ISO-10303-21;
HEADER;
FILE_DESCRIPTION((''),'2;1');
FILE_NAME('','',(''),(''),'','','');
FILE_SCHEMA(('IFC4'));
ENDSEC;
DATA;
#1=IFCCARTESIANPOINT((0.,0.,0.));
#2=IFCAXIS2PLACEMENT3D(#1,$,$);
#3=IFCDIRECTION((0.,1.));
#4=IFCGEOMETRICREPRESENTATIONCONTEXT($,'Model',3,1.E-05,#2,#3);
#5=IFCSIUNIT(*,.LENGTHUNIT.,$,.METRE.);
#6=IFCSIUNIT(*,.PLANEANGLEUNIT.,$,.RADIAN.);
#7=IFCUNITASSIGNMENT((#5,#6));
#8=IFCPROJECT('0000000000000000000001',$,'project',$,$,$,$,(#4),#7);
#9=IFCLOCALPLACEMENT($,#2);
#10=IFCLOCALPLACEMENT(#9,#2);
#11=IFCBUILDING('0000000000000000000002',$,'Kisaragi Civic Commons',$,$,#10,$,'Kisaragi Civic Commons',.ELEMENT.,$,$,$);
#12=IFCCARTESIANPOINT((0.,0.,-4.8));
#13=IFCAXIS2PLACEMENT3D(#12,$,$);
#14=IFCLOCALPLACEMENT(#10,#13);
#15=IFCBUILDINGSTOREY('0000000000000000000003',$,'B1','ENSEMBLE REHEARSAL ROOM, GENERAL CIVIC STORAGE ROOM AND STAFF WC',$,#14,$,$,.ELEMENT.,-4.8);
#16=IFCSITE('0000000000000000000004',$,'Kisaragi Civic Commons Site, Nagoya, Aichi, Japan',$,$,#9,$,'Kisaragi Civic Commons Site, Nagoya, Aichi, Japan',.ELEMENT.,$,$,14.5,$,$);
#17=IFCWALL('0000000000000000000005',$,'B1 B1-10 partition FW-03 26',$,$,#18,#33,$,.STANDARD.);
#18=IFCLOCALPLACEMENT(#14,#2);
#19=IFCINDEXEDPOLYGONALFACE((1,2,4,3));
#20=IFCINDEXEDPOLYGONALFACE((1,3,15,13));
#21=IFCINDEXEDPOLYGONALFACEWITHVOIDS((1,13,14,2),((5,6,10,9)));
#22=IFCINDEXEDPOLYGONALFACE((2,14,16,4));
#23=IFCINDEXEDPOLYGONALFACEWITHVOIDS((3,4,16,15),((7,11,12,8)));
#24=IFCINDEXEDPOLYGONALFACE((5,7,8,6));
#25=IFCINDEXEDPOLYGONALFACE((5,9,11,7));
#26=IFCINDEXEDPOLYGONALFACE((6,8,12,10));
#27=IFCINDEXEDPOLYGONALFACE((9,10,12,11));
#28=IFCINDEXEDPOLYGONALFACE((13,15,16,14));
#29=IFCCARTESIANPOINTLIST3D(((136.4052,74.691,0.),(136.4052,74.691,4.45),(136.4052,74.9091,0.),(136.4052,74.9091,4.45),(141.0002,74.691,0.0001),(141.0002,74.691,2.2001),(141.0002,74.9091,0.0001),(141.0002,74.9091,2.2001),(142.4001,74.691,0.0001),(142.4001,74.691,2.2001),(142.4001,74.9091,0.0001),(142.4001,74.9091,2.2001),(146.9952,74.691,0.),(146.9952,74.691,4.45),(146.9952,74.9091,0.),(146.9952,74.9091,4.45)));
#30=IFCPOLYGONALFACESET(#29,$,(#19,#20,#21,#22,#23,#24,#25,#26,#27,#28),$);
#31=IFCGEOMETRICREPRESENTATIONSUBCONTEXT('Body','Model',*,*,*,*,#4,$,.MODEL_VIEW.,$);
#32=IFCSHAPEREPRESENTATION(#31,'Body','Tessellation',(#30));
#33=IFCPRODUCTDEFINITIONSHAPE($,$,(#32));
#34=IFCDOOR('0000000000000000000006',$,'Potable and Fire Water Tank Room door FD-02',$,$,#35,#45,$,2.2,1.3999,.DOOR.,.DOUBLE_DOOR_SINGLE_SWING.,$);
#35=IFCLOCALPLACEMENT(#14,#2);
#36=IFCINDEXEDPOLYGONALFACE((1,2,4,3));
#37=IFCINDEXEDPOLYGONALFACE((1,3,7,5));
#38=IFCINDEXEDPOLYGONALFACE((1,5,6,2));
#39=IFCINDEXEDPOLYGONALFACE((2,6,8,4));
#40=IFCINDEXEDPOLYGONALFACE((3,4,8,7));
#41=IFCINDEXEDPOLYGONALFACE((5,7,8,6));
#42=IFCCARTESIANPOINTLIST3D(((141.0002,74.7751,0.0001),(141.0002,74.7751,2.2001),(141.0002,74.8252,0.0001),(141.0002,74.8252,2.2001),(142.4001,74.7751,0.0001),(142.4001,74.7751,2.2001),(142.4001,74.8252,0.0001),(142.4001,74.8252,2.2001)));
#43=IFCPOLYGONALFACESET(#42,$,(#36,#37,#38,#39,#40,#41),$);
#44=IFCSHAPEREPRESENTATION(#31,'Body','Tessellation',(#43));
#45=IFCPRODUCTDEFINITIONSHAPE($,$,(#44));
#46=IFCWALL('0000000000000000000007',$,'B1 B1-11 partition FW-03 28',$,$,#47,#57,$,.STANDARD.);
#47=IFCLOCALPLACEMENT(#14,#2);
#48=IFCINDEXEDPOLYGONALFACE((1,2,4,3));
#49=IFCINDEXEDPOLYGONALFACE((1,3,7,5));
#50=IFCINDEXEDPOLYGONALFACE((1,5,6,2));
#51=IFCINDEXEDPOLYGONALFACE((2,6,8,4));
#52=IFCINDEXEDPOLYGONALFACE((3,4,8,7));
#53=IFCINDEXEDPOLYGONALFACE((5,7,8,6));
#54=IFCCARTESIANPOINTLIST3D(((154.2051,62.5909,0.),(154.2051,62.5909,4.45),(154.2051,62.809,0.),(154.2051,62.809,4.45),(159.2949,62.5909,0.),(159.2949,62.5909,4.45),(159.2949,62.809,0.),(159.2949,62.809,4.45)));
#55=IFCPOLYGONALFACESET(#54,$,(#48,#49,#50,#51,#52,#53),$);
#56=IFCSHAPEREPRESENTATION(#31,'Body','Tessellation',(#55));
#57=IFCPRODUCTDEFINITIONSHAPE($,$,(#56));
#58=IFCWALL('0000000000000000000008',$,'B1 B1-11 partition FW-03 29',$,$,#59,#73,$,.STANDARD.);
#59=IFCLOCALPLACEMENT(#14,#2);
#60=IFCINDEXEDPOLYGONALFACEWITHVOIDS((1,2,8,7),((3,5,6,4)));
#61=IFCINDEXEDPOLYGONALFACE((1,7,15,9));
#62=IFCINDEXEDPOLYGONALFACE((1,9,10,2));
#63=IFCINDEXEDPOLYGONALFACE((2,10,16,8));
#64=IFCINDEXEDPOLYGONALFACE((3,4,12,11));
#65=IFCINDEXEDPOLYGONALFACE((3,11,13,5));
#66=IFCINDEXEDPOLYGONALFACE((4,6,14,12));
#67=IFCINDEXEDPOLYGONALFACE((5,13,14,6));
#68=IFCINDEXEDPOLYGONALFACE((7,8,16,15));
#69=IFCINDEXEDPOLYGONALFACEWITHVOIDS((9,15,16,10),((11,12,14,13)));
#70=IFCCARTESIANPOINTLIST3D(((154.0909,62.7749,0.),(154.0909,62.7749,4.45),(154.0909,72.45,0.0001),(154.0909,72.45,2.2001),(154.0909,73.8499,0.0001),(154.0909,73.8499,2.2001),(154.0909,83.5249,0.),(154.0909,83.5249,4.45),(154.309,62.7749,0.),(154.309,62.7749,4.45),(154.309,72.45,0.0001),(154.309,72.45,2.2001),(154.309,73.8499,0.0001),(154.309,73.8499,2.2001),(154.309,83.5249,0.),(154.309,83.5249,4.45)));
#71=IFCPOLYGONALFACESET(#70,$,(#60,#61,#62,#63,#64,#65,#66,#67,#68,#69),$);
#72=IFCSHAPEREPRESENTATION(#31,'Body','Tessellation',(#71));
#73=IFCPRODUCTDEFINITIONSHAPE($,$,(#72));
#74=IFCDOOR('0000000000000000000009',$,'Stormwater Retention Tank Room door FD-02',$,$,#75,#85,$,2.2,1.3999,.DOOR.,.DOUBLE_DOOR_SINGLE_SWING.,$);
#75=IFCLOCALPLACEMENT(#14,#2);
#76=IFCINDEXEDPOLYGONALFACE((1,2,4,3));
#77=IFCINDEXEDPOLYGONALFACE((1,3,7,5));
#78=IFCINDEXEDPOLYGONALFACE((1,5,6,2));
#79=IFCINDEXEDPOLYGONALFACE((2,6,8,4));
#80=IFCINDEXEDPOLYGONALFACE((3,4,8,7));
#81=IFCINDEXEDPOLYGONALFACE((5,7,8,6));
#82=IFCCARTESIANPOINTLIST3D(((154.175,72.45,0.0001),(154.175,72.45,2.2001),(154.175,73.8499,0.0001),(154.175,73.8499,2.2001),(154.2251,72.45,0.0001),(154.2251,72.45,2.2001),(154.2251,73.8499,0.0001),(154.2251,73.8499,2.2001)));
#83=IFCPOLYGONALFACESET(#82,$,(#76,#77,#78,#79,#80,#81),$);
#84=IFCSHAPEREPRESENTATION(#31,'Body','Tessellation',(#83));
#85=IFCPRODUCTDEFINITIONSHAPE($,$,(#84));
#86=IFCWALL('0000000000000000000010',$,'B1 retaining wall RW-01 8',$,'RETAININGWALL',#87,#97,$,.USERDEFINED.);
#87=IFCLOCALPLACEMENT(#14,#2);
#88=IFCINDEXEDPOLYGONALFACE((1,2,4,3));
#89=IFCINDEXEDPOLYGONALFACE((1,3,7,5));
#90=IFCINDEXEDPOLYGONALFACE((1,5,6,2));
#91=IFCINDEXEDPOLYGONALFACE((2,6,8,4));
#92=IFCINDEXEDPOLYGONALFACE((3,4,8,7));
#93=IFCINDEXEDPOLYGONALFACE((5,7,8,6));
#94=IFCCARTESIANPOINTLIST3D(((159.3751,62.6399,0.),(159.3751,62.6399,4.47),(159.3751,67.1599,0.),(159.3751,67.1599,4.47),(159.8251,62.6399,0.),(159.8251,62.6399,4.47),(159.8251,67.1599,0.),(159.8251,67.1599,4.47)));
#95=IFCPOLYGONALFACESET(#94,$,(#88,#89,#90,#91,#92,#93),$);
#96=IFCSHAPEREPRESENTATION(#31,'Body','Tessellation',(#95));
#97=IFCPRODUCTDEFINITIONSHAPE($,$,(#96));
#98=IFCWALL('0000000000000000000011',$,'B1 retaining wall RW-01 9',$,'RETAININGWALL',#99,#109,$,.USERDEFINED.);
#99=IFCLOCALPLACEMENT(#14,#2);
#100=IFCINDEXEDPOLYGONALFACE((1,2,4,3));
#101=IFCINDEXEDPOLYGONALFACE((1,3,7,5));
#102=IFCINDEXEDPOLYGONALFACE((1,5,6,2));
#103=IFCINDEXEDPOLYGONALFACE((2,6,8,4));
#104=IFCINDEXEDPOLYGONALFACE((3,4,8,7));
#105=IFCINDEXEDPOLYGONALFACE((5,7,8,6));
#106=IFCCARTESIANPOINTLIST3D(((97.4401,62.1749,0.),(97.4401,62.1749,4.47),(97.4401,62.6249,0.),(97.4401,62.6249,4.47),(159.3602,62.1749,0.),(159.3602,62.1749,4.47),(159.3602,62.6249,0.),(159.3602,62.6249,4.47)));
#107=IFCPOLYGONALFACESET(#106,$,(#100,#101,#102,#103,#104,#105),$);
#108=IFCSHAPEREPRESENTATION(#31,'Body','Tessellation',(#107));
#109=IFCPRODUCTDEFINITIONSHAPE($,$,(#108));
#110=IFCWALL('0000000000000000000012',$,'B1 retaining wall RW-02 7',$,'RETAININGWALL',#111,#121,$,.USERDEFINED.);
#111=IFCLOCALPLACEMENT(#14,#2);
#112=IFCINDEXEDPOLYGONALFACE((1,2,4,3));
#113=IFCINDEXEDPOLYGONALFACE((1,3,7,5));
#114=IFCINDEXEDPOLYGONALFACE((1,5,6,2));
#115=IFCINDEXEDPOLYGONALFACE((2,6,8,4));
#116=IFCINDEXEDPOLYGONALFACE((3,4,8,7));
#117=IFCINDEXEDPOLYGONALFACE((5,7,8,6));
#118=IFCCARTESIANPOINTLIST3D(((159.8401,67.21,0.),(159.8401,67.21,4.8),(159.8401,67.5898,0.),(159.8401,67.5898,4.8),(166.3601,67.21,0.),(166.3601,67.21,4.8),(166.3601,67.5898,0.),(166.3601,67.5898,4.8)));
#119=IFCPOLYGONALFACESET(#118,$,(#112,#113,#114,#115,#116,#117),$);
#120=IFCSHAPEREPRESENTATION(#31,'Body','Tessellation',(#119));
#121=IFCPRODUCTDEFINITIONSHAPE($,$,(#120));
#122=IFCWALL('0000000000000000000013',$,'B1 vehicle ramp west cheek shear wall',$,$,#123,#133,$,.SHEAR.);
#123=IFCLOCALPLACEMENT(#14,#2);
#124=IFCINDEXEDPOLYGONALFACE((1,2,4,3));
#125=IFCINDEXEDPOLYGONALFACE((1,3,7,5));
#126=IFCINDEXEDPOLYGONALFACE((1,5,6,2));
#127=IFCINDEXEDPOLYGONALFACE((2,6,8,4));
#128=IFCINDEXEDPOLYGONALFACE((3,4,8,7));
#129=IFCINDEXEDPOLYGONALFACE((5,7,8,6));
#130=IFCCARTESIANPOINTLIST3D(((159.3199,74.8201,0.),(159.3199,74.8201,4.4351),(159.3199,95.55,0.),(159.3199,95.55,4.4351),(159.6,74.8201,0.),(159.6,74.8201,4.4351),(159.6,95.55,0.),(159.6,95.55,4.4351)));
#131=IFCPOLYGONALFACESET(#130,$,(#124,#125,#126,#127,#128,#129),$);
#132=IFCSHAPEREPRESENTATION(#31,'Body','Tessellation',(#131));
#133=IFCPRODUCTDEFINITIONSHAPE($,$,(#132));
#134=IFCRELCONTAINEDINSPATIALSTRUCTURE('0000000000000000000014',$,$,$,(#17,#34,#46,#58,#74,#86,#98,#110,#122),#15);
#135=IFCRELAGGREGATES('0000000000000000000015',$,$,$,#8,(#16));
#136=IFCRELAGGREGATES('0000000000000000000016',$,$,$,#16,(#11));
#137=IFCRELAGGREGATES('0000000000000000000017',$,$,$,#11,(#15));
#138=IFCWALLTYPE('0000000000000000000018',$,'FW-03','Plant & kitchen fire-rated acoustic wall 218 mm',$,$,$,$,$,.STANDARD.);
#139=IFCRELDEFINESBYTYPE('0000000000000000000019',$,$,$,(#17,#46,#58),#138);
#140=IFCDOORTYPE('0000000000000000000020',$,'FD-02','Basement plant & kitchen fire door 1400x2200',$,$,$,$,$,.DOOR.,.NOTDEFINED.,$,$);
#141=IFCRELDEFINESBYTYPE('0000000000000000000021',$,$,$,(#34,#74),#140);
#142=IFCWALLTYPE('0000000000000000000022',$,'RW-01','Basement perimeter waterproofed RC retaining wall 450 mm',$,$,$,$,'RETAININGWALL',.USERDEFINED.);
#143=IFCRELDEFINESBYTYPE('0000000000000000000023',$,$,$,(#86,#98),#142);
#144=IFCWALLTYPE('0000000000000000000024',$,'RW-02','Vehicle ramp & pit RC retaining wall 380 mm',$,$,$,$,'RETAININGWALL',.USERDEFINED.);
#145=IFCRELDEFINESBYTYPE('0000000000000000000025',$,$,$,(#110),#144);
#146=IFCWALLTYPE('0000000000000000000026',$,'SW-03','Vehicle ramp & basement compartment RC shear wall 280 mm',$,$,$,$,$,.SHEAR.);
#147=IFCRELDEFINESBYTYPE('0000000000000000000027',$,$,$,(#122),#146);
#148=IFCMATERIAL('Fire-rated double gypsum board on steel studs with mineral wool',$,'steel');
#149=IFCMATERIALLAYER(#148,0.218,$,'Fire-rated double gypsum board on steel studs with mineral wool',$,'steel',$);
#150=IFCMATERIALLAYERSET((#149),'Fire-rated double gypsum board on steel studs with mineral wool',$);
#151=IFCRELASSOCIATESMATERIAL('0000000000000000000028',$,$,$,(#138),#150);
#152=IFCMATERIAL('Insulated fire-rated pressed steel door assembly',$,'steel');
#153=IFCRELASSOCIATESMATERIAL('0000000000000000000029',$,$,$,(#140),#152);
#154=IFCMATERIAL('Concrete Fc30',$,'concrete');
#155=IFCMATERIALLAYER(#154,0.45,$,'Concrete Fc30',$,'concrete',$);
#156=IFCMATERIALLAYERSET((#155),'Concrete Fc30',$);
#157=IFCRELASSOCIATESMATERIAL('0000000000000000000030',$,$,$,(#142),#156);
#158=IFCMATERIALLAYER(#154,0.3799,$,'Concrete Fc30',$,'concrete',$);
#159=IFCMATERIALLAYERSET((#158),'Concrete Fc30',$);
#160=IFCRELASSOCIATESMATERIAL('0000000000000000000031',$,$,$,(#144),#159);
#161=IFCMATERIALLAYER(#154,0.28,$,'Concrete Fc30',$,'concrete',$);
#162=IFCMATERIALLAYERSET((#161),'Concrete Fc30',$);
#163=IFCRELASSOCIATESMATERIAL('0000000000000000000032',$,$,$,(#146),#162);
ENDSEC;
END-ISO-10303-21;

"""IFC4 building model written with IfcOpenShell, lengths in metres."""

from ifc_helpers import new_model, si_unit, direction, frame, frame_2d, origin, place, context, subcontext, project, spatial, rectangle, extrude, material, layer, layer_set, type_object, element, fill, save


model = new_model("IFC4")

# Units and contexts
model_context = context("Model", 3, precision=1e-05, world=origin(), true_north=direction((0.0, 1.0)))
body_context = subcontext(model_context, "Body", "Model", "MODEL_VIEW")
ifc_project = project(units=[si_unit("LENGTHUNIT", "METRE"), si_unit("PLANEANGLEUNIT", "RADIAN")], contexts=[model_context])

# Site, building, storey
site_placement = place(None, origin())
site = spatial("IfcSite", under=ifc_project, at=site_placement, Name="Kisaragi Civic Commons Site, Nagoya, Aichi, Japan", LongName="Kisaragi Civic Commons Site, Nagoya, Aichi, Japan", CompositionType="ELEMENT", RefElevation=14.5)
building_placement = place(site_placement, origin())
building = spatial("IfcBuilding", under=site, at=building_placement, Name="Kisaragi Civic Commons", LongName="Kisaragi Civic Commons", CompositionType="ELEMENT")
storey_placement = place(building_placement, frame((0.0, 0.0, -4.8)))
storey = spatial("IfcBuildingStorey", under=building, at=storey_placement, Name="B1", Description="ENSEMBLE REHEARSAL ROOM, GENERAL CIVIC STORAGE ROOM AND STAFF WC", CompositionType="ELEMENT", Elevation=-4.8)

# Shared definitions
ifc_material_1 = material(Name="Concrete Fc30", Category="concrete")

# Wall, opening, door
ifc_material_2 = material(Name="Fire-rated double gypsum board on steel studs with mineral wool", Category="steel")
ifc_layer_1 = layer(ifc_material_2, 0.218, Name="Fire-rated double gypsum board on steel studs with mineral wool", Category="steel")
ifc_layer_set_1 = layer_set([ifc_layer_1], Name="Fire-rated double gypsum board on steel studs with mineral wool")
wall_type_1 = type_object("IfcWallType", Name="FW-03", Description="Plant & kitchen fire-rated acoustic wall 218 mm", PredefinedType="STANDARD", material=ifc_layer_set_1)
ifc_material_3 = material(Name="Insulated fire-rated pressed steel door assembly", Category="steel")
door_type_1 = type_object("IfcDoorType", Name="FD-02", Description="Basement plant & kitchen fire door 1400x2200", OperationType="NOTDEFINED", PredefinedType="DOOR", material=ifc_material_3)
wall_1_placement = place(storey_placement, frame((146.9951, 74.8, 0.0), z_axis=(0.0, 0.0, 1.0), x_axis=(-1.0, 0.0, 0.0)))
wall_1 = element("IfcWall", 1, at=wall_1_placement, inside=storey, type_object=wall_type_1, Name="B1 B1-10 partition FW-03 26", PredefinedType="STANDARD", context=body_context, shape_type="SweptSolid", body=[
    extrude(rectangle(XDim=10.5901, YDim=0.218, at=frame_2d((5.2949, 0.0))), origin(), (0.0, 0.0, 1.0), 4.45),
])
opening_1_placement = place(wall_1_placement, frame((4.595, 0.0, 0.0)))
opening_1 = element("IfcOpeningElement", 2, at=opening_1_placement, cuts=wall_1, PredefinedType="OPENING", context=body_context, shape_type="SweptSolid", body=[
    extrude(rectangle(XDim=1.3999, YDim=2.2, at=frame_2d((0.7, 1.1001))), frame((0.0, 0.1189, 0.0), z_axis=(0.0, -1.0, 0.0), x_axis=(1.0, 0.0, 0.0)), (0.0, 0.0, 1.0), 0.238),
])
door_1_placement = place(opening_1_placement, origin())
door_1 = element("IfcDoor", 3, at=door_1_placement, inside=storey, type_object=door_type_1, Name="Potable and Fire Water Tank Room door FD-02", OperationType="DOUBLE_DOOR_SINGLE_SWING", OverallHeight=2.2, OverallWidth=1.3999, PredefinedType="DOOR", context=body_context, shape_type="SweptSolid", body=[
    extrude(rectangle(XDim=1.3999, YDim=2.2, at=frame_2d((0.7, 1.1001))), frame((0.0, 0.0249, 0.0), z_axis=(0.0, -1.0, 0.0), x_axis=(1.0, 0.0, 0.0)), (0.0, 0.0, 1.0), 0.05),
])
fill(opening_1, door_1)

# Wall
wall_2_placement = place(storey_placement, frame((159.2949, 62.7, 0.0), z_axis=(0.0, 0.0, 1.0), x_axis=(-1.0, 0.0, 0.0)))
element("IfcWall", 4, at=wall_2_placement, inside=storey, type_object=wall_type_1, Name="B1 B1-11 partition FW-03 28", PredefinedType="STANDARD", context=body_context, shape_type="SweptSolid", body=[
    extrude(rectangle(XDim=5.0898, YDim=0.218, at=frame_2d((2.5449, 0.0))), origin(), (0.0, 0.0, 1.0), 4.45),
])

# Wall, opening, door
wall_3_placement = place(storey_placement, frame((154.2, 62.7749, 0.0), z_axis=(0.0, 0.0, 1.0), x_axis=(0.0, 1.0, 0.0)))
wall_3 = element("IfcWall", 5, at=wall_3_placement, inside=storey, type_object=wall_type_1, Name="B1 B1-11 partition FW-03 29", PredefinedType="STANDARD", context=body_context, shape_type="SweptSolid", body=[
    extrude(rectangle(XDim=20.75, YDim=0.218, at=frame_2d((10.375, 0.0))), origin(), (0.0, 0.0, 1.0), 4.45),
])
opening_2_placement = place(wall_3_placement, frame((9.675, 0.0, 0.0)))
opening_2 = element("IfcOpeningElement", 6, at=opening_2_placement, cuts=wall_3, PredefinedType="OPENING", context=body_context, shape_type="SweptSolid", body=[
    extrude(rectangle(XDim=1.3999, YDim=2.2, at=frame_2d((0.7, 1.1001))), frame((0.0, 0.1189, 0.0), z_axis=(0.0, -1.0, 0.0), x_axis=(1.0, 0.0, 0.0)), (0.0, 0.0, 1.0), 0.238),
])
door_2_placement = place(opening_2_placement, origin())
door_2 = element("IfcDoor", 7, at=door_2_placement, inside=storey, type_object=door_type_1, Name="Stormwater Retention Tank Room door FD-02", OperationType="DOUBLE_DOOR_SINGLE_SWING", OverallHeight=2.2, OverallWidth=1.3999, PredefinedType="DOOR", context=body_context, shape_type="SweptSolid", body=[
    extrude(rectangle(XDim=1.3999, YDim=2.2, at=frame_2d((0.7, 1.1001))), frame((0.0, 0.0249, 0.0), z_axis=(0.0, -1.0, 0.0), x_axis=(1.0, 0.0, 0.0)), (0.0, 0.0, 1.0), 0.05),
])
fill(opening_2, door_2)

# Walls
ifc_layer_2 = layer(ifc_material_1, 0.45, Name="Concrete Fc30", Category="concrete")
ifc_layer_set_2 = layer_set([ifc_layer_2], Name="Concrete Fc30")
wall_type_2 = type_object("IfcWallType", Name="RW-01", Description="Basement perimeter waterproofed RC retaining wall 450 mm", ElementType="RETAININGWALL", PredefinedType="USERDEFINED", material=ifc_layer_set_2)
wall_4_placement = place(storey_placement, frame((159.6001, 67.1599, 0.0), z_axis=(0.0, 0.0, 1.0), x_axis=(0.0, -1.0, 0.0)))
element("IfcWall", 8, at=wall_4_placement, inside=storey, type_object=wall_type_2, Name="B1 retaining wall RW-01 8", ObjectType="RETAININGWALL", PredefinedType="USERDEFINED", context=body_context, shape_type="SweptSolid", body=[
    extrude(rectangle(XDim=4.52, YDim=0.45, at=frame_2d((2.26, 0.0))), origin(), (0.0, 0.0, 1.0), 4.47),
])
wall_5_placement = place(storey_placement, frame((159.3601, 62.3999, 0.0), z_axis=(0.0, 0.0, 1.0), x_axis=(-1.0, 0.0, 0.0)))
element("IfcWall", 9, at=wall_5_placement, inside=storey, type_object=wall_type_2, Name="B1 retaining wall RW-01 9", ObjectType="RETAININGWALL", PredefinedType="USERDEFINED", context=body_context, shape_type="SweptSolid", body=[
    extrude(rectangle(XDim=61.9202, YDim=0.45, at=frame_2d((30.96, 0.0))), origin(), (0.0, 0.0, 1.0), 4.47),
])
ifc_layer_3 = layer(ifc_material_1, 0.3799, Name="Concrete Fc30", Category="concrete")
ifc_layer_set_3 = layer_set([ifc_layer_3], Name="Concrete Fc30")
wall_type_3 = type_object("IfcWallType", Name="RW-02", Description="Vehicle ramp & pit RC retaining wall 380 mm", ElementType="RETAININGWALL", PredefinedType="USERDEFINED", material=ifc_layer_set_3)
wall_6_placement = place(storey_placement, frame((166.3601, 67.3999, 0.0), z_axis=(0.0, 0.0, 1.0), x_axis=(-1.0, 0.0, 0.0)))
element("IfcWall", 10, at=wall_6_placement, inside=storey, type_object=wall_type_3, Name="B1 retaining wall RW-02 7", ObjectType="RETAININGWALL", PredefinedType="USERDEFINED", context=body_context, shape_type="SweptSolid", body=[
    extrude(rectangle(XDim=6.52, YDim=0.3799, at=frame_2d((3.26, 0.0))), origin(), (0.0, 0.0, 1.0), 4.8),
])
ifc_layer_4 = layer(ifc_material_1, 0.28, Name="Concrete Fc30", Category="concrete")
ifc_layer_set_4 = layer_set([ifc_layer_4], Name="Concrete Fc30")
wall_type_4 = type_object("IfcWallType", Name="SW-03", Description="Vehicle ramp & basement compartment RC shear wall 280 mm", PredefinedType="SHEAR", material=ifc_layer_set_4)
wall_7_placement = place(storey_placement, frame((159.46, 74.8201, 0.0), z_axis=(0.0, 0.0, 1.0), x_axis=(0.0, 1.0, 0.0)))
element("IfcWall", 11, at=wall_7_placement, inside=storey, type_object=wall_type_4, Name="B1 vehicle ramp west cheek shear wall", PredefinedType="SHEAR", context=body_context, shape_type="SweptSolid", body=[
    extrude(rectangle(XDim=20.73, YDim=0.28, at=frame_2d((10.365, 0.0))), origin(), (0.0, 0.0, 1.0), 4.4351),
])

save(model, "model.ifc")
